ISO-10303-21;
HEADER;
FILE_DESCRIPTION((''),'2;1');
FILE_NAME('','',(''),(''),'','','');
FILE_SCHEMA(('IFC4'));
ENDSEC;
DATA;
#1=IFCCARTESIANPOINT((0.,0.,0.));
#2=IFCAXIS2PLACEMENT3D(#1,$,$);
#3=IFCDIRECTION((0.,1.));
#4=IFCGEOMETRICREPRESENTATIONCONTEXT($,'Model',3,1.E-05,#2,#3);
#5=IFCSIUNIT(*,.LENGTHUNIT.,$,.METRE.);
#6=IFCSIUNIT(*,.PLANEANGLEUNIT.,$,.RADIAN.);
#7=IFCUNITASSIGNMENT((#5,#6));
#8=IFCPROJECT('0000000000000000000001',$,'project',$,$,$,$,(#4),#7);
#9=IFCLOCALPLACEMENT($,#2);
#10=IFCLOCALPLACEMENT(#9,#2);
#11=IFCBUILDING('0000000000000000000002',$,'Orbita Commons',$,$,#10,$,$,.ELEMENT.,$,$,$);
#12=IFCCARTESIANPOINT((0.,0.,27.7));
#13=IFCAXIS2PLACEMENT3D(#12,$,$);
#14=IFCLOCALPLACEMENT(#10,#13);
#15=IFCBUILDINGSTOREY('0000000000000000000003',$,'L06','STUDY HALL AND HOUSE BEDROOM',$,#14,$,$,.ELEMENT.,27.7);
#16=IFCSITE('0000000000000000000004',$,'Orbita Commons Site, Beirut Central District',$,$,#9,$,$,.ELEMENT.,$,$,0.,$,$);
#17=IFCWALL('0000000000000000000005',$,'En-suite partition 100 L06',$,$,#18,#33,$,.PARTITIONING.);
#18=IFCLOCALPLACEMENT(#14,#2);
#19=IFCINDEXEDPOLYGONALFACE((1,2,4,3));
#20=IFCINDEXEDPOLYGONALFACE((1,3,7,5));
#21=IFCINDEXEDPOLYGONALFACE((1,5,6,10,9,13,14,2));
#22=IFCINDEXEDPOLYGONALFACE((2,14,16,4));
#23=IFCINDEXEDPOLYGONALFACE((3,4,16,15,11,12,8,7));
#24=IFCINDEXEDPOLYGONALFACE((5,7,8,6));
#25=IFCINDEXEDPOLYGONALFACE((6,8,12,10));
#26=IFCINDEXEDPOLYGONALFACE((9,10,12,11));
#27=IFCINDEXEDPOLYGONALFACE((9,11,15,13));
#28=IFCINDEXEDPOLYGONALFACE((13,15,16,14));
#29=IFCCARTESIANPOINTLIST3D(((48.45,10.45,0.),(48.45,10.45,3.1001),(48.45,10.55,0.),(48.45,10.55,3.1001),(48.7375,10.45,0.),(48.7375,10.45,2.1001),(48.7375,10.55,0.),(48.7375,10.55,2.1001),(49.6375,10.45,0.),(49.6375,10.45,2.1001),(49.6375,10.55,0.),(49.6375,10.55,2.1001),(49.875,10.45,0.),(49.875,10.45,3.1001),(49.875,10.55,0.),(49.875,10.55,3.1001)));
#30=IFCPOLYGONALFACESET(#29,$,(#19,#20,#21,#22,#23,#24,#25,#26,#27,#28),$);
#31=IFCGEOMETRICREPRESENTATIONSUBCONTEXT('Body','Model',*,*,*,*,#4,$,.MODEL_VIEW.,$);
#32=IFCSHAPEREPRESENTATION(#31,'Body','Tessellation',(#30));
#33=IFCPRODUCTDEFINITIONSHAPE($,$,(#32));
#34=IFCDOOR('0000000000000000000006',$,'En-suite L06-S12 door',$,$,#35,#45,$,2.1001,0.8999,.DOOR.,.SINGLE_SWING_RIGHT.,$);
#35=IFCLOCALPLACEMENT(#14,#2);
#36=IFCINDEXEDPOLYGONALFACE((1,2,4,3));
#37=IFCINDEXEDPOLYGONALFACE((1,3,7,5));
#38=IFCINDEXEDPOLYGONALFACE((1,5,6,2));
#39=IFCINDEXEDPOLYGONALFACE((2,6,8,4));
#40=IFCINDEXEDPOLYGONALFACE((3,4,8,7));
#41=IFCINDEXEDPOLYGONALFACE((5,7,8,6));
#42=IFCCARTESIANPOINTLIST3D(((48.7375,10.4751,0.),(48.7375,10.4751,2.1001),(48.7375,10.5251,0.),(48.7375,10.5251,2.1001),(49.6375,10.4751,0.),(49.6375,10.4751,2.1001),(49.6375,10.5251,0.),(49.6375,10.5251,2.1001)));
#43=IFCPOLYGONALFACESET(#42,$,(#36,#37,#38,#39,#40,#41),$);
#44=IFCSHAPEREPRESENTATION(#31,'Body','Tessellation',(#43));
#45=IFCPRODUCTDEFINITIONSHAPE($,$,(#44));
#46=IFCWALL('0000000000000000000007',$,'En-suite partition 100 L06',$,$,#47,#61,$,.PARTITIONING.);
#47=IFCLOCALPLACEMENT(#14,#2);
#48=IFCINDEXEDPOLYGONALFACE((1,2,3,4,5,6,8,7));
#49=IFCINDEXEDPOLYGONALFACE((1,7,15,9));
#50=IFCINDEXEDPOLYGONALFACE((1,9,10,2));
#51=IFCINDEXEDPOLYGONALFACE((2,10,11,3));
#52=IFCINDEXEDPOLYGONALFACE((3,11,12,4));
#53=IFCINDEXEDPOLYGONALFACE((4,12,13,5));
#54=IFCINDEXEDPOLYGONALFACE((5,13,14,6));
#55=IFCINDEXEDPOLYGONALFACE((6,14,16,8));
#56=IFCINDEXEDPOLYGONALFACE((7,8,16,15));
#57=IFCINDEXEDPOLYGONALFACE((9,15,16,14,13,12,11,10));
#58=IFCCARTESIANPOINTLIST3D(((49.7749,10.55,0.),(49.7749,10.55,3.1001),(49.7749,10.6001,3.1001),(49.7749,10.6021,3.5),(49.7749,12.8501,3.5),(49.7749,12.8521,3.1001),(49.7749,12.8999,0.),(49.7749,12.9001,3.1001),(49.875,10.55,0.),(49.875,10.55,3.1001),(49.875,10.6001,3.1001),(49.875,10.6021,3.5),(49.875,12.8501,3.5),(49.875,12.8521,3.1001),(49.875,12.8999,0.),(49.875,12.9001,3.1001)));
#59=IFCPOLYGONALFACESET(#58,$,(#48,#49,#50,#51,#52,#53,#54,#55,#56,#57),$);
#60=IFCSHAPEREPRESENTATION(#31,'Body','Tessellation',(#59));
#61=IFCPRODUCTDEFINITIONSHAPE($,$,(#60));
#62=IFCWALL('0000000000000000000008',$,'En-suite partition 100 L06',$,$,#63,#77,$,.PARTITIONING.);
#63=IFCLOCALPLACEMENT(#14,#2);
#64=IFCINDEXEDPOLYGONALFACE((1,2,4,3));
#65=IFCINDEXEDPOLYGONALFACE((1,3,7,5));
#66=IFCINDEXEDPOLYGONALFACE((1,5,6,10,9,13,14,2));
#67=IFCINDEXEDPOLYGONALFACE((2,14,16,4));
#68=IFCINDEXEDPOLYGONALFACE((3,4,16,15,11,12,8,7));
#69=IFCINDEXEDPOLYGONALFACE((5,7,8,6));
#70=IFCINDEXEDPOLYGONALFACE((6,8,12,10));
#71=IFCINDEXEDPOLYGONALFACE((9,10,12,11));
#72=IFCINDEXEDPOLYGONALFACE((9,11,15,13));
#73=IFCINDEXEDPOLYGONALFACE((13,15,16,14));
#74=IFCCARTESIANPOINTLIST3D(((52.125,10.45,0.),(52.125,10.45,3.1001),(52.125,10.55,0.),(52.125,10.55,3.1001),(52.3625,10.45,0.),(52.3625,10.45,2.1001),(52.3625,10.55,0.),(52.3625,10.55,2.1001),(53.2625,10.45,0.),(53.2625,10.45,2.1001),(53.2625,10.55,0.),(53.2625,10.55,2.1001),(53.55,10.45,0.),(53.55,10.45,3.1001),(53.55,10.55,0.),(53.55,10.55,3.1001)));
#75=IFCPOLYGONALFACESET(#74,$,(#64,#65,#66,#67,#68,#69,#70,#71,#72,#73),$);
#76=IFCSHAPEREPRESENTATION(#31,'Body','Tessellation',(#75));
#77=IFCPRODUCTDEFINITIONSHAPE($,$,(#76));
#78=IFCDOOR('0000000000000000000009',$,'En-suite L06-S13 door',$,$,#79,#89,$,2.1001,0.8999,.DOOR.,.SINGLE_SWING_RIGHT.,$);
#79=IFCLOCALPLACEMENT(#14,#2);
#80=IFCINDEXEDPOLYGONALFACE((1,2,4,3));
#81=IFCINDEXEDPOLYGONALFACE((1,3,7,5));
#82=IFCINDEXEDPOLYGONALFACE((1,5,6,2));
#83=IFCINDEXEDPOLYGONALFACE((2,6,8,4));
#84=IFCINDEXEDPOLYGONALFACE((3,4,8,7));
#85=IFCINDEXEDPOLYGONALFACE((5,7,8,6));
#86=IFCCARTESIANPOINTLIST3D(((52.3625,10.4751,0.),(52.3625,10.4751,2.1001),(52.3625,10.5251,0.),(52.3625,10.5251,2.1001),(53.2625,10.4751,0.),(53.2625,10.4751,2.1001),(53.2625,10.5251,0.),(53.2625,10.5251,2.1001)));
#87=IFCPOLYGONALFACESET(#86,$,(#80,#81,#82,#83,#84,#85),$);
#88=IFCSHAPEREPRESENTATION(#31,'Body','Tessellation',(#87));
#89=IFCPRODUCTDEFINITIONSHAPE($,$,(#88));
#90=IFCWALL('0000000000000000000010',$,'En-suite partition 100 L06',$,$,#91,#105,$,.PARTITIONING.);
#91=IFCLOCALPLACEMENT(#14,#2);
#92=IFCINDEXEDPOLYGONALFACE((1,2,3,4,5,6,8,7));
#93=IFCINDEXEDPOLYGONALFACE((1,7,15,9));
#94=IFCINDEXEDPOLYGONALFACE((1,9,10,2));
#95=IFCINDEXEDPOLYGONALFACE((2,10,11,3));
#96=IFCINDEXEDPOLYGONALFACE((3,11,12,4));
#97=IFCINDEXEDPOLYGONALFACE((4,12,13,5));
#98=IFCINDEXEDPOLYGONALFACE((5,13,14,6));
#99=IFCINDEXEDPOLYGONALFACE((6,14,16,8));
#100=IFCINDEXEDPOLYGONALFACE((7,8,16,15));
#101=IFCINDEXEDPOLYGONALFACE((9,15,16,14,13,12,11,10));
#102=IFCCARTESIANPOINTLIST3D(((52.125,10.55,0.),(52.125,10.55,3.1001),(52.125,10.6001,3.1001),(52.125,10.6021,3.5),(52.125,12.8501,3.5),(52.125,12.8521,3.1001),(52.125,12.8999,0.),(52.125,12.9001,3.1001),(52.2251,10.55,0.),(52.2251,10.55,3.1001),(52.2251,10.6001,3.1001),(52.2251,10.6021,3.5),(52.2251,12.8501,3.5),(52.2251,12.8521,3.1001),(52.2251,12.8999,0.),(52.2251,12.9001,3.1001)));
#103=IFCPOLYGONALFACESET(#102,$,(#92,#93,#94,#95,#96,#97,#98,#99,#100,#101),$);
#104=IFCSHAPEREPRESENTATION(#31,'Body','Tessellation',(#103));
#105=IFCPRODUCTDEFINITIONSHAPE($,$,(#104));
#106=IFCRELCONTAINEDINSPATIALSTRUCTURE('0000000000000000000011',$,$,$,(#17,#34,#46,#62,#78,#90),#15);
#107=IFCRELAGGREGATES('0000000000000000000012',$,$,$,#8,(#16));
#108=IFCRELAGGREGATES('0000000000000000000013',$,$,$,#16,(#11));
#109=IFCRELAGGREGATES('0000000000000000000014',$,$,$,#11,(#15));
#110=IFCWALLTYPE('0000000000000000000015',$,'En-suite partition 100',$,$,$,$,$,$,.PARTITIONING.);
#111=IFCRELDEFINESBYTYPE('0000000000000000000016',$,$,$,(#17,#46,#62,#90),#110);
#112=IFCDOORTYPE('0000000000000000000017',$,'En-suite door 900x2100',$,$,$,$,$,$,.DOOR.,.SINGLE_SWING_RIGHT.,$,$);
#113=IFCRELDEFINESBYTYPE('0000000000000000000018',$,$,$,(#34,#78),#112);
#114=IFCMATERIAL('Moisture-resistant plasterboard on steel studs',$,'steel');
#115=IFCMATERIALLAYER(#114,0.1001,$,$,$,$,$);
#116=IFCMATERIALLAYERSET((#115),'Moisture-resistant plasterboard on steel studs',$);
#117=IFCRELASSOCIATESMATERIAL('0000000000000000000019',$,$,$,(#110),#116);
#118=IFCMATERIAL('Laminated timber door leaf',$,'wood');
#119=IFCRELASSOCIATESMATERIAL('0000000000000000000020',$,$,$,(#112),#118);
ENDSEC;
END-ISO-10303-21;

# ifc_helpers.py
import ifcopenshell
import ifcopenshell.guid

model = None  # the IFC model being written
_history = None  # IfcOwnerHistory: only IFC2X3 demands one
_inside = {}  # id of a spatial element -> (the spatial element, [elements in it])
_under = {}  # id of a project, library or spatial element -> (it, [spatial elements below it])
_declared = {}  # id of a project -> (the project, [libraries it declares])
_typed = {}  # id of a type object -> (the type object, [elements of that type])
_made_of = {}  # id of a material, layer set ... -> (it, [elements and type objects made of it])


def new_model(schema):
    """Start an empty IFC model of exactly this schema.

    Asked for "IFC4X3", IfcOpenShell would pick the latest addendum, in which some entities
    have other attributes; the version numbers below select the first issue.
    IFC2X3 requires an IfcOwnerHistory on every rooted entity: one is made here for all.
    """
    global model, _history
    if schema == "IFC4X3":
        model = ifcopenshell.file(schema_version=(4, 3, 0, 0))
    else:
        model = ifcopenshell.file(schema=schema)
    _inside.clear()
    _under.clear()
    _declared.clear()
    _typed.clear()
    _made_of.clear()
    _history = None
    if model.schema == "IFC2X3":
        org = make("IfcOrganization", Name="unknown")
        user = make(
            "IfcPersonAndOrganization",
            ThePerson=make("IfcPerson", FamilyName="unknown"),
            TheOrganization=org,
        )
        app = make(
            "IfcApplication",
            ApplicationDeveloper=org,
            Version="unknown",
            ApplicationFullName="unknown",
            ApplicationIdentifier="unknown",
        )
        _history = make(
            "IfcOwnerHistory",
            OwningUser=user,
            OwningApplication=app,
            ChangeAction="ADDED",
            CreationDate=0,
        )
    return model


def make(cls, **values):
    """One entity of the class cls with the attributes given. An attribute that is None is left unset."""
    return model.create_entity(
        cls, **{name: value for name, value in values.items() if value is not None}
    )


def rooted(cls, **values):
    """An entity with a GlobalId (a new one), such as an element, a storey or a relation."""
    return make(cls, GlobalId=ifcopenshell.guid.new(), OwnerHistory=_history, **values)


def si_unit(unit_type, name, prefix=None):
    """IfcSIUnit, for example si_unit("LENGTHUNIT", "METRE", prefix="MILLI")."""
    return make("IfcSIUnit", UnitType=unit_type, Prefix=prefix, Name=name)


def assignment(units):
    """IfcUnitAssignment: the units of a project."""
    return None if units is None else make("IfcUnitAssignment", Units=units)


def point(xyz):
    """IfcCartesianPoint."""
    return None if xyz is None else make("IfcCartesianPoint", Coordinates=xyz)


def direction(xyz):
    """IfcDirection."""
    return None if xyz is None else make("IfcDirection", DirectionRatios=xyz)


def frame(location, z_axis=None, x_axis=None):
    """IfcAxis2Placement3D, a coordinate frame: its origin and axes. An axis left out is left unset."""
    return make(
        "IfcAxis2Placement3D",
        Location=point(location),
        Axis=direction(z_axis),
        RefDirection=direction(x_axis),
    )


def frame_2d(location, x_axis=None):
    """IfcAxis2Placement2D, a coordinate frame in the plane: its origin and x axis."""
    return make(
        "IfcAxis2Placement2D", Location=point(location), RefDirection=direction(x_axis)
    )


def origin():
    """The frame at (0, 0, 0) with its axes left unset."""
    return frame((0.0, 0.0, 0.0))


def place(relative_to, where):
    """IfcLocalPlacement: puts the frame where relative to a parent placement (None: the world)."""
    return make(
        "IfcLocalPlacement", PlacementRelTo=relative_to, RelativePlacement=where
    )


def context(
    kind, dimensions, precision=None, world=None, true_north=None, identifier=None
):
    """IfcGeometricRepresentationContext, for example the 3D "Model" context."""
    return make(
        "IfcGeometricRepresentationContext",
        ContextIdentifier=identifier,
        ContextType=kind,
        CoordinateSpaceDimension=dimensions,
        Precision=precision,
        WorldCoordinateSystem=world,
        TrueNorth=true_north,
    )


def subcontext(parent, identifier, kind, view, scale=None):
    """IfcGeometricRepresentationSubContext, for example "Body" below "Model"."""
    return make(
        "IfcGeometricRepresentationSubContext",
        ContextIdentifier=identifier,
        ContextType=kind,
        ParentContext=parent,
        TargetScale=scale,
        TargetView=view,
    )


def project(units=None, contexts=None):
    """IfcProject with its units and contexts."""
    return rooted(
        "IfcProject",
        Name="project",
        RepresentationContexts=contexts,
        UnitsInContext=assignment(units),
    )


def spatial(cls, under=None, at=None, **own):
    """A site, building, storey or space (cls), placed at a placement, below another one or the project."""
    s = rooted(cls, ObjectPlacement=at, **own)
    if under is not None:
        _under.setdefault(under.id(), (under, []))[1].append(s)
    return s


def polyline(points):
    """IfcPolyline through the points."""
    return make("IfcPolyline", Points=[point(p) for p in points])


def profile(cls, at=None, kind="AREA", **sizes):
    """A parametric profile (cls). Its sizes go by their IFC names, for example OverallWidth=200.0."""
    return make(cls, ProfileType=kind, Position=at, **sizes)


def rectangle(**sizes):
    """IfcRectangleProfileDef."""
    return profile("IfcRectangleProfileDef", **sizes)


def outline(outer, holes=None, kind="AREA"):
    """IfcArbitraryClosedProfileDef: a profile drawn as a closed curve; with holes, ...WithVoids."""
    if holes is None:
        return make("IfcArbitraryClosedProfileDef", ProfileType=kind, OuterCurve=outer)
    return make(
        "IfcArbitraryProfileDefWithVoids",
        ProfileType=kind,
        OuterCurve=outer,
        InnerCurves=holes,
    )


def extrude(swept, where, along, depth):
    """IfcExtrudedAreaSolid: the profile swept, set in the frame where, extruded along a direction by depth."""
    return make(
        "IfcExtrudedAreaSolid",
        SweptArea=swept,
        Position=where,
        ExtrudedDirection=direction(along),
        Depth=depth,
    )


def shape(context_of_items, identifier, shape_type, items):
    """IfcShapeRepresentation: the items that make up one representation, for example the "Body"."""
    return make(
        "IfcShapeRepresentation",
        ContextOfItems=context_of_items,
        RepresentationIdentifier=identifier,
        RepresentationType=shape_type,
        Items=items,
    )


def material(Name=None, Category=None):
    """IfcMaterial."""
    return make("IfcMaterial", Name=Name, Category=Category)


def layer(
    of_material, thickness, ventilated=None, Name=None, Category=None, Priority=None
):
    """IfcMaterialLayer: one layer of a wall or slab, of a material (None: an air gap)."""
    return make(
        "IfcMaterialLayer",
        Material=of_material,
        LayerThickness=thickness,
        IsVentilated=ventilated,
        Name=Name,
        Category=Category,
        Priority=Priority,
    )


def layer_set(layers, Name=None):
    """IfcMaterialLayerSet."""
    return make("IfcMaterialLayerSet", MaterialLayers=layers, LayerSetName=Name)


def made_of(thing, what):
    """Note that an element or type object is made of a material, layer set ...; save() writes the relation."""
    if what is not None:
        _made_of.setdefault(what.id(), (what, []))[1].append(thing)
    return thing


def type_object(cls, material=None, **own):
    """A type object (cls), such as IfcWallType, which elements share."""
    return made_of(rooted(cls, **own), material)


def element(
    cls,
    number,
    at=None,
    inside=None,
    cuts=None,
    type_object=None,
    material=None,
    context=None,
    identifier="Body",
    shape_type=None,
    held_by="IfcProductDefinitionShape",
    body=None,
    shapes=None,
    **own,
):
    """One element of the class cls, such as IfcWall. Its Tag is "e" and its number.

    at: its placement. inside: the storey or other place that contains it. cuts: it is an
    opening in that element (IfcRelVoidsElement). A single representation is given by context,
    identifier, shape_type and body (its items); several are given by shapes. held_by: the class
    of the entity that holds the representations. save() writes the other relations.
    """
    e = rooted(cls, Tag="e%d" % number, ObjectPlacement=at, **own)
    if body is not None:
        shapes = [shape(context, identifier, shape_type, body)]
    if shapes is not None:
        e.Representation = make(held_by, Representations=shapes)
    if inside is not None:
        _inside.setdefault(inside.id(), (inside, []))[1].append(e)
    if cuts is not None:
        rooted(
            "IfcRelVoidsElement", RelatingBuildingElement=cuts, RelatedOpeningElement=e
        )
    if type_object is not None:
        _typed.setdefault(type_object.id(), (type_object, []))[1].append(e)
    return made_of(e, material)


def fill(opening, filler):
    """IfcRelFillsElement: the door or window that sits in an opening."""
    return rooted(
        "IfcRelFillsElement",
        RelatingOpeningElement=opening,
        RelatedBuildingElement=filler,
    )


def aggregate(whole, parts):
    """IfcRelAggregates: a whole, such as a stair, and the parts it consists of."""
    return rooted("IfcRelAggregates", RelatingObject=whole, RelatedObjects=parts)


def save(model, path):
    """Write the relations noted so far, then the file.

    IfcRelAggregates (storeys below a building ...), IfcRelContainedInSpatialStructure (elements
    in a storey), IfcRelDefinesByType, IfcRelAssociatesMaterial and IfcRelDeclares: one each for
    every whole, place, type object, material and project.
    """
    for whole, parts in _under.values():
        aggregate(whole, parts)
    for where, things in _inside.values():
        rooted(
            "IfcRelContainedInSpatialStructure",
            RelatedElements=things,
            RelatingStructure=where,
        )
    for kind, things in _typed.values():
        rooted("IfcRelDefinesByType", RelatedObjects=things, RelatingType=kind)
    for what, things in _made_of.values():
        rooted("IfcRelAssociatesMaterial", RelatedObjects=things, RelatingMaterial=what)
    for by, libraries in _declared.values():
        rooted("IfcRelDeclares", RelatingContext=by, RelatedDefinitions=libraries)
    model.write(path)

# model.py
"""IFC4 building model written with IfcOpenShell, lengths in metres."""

from ifc_helpers import new_model, si_unit, direction, frame, frame_2d, origin, place, context, subcontext, project, spatial, polyline, rectangle, outline, extrude, material, layer, layer_set, type_object, element, fill, save


model = new_model("IFC4")

# Units and contexts
model_context = context("Model", 3, precision=1e-05, world=origin(), true_north=direction((0.0, 1.0)))
body_context = subcontext(model_context, "Body", "Model", "MODEL_VIEW")
ifc_project = project(units=[si_unit("LENGTHUNIT", "METRE"), si_unit("PLANEANGLEUNIT", "RADIAN")], contexts=[model_context])

# Site, building, storey
site_placement = place(None, origin())
site = spatial("IfcSite", under=ifc_project, at=site_placement, Name="Orbita Commons Site, Beirut Central District", CompositionType="ELEMENT", RefElevation=0.0)
building_placement = place(site_placement, origin())
building = spatial("IfcBuilding", under=site, at=building_placement, Name="Orbita Commons", CompositionType="ELEMENT")
storey_placement = place(building_placement, frame((0.0, 0.0, 27.7)))
storey = spatial("IfcBuildingStorey", under=building, at=storey_placement, Name="L06", Description="STUDY HALL AND HOUSE BEDROOM", CompositionType="ELEMENT", Elevation=27.7)

# Wall, opening, door
ifc_material_1 = material(Name="Moisture-resistant plasterboard on steel studs", Category="steel")
ifc_layer_1 = layer(ifc_material_1, 0.1001)
ifc_layer_set_1 = layer_set([ifc_layer_1], Name="Moisture-resistant plasterboard on steel studs")
wall_type_1 = type_object("IfcWallType", Name="En-suite partition 100", PredefinedType="PARTITIONING", material=ifc_layer_set_1)
wall_1_placement = place(storey_placement, frame((49.875, 10.5, 0.0), z_axis=(0.0, 0.0, 1.0), x_axis=(-1.0, 0.0, 0.0)))
wall_1 = element("IfcWall", 1, at=wall_1_placement, inside=storey, type_object=wall_type_1, Name="En-suite partition 100 L06", PredefinedType="PARTITIONING", context=body_context, shape_type="SweptSolid", body=[
    extrude(outline(polyline([(0.0, 0.0), (1.425, 0.0), (1.425, 3.1001), (0.0, 3.1001), (0.0, 0.0)])), frame((0.0, 0.05, 0.0), z_axis=(0.0, -1.0, 0.0), x_axis=(1.0, 0.0, 0.0)), (0.0, 0.0, 1.0), 0.1001),
])
opening_1_placement = place(wall_1_placement, frame((0.2375, 0.0, 0.0)))
opening_1 = element("IfcOpeningElement", 2, at=opening_1_placement, cuts=wall_1, PredefinedType="OPENING", context=body_context, shape_type="SweptSolid", body=[
    extrude(rectangle(XDim=0.8999, YDim=2.1001, at=frame_2d((0.45, 1.05))), frame((0.0, 0.0601, 0.0), z_axis=(0.0, -1.0, 0.0), x_axis=(1.0, 0.0, 0.0)), (0.0, 0.0, 1.0), 0.1201),
])
ifc_material_2 = material(Name="Laminated timber door leaf", Category="wood")
door_type = type_object("IfcDoorType", Name="En-suite door 900x2100", OperationType="SINGLE_SWING_RIGHT", PredefinedType="DOOR", material=ifc_material_2)
door_1_placement = place(opening_1_placement, origin())
door_1 = element("IfcDoor", 3, at=door_1_placement, inside=storey, type_object=door_type, Name="En-suite L06-S12 door", OperationType="SINGLE_SWING_RIGHT", OverallHeight=2.1001, OverallWidth=0.8999, PredefinedType="DOOR", context=body_context, shape_type="SweptSolid", body=[
    extrude(rectangle(XDim=0.8999, YDim=2.1001, at=frame_2d((0.45, 1.05))), frame((0.0, 0.0249, 0.0), z_axis=(0.0, -1.0, 0.0), x_axis=(1.0, 0.0, 0.0)), (0.0, 0.0, 1.0), 0.05),
])
fill(opening_1, door_1)

# Wall
wall_2_placement = place(storey_placement, frame((49.825, 10.55, 0.0), z_axis=(0.0, 0.0, 1.0), x_axis=(0.0, 1.0, 0.0)))
element("IfcWall", 4, at=wall_2_placement, inside=storey, type_object=wall_type_1, Name="En-suite partition 100 L06", PredefinedType="PARTITIONING", context=body_context, shape_type="SweptSolid", body=[
    extrude(outline(polyline([(0.0, 0.0), (2.3499, 0.0), (2.3501, 3.1001), (2.302, 3.1001), (2.3, 3.5), (0.052, 3.5), (0.05, 3.1001), (0.0, 3.1001), (0.0, 0.0)])), frame((0.0, 0.05, 0.0), z_axis=(0.0, -1.0, 0.0), x_axis=(1.0, 0.0, 0.0)), (0.0, 0.0, 1.0), 0.1001),
])

# Wall, opening, door
wall_3_placement = place(storey_placement, frame((53.55, 10.5, 0.0), z_axis=(0.0, 0.0, 1.0), x_axis=(-1.0, 0.0, 0.0)))
wall_3 = element("IfcWall", 5, at=wall_3_placement, inside=storey, type_object=wall_type_1, Name="En-suite partition 100 L06", PredefinedType="PARTITIONING", context=body_context, shape_type="SweptSolid", body=[
    extrude(outline(polyline([(0.0, 0.0), (1.425, 0.0), (1.425, 3.1001), (0.0, 3.1001), (0.0, 0.0)])), frame((0.0, 0.05, 0.0), z_axis=(0.0, -1.0, 0.0), x_axis=(1.0, 0.0, 0.0)), (0.0, 0.0, 1.0), 0.1001),
])
opening_2_placement = place(wall_3_placement, frame((0.2876, 0.0, 0.0)))
opening_2 = element("IfcOpeningElement", 6, at=opening_2_placement, cuts=wall_3, PredefinedType="OPENING", context=body_context, shape_type="SweptSolid", body=[
    extrude(rectangle(XDim=0.8999, YDim=2.1001, at=frame_2d((0.45, 1.05))), frame((0.0, 0.0601, 0.0), z_axis=(0.0, -1.0, 0.0), x_axis=(1.0, 0.0, 0.0)), (0.0, 0.0, 1.0), 0.1201),
])
door_2_placement = place(opening_2_placement, origin())
door_2 = element("IfcDoor", 7, at=door_2_placement, inside=storey, type_object=door_type, Name="En-suite L06-S13 door", OperationType="SINGLE_SWING_RIGHT", OverallHeight=2.1001, OverallWidth=0.8999, PredefinedType="DOOR", context=body_context, shape_type="SweptSolid", body=[
    extrude(rectangle(XDim=0.8999, YDim=2.1001, at=frame_2d((0.45, 1.05))), frame((0.0, 0.0249, 0.0), z_axis=(0.0, -1.0, 0.0), x_axis=(1.0, 0.0, 0.0)), (0.0, 0.0, 1.0), 0.05),
])
fill(opening_2, door_2)

# Wall
wall_4_placement = place(storey_placement, frame((52.175, 10.55, 0.0), z_axis=(0.0, 0.0, 1.0), x_axis=(0.0, 1.0, 0.0)))
element("IfcWall", 8, at=wall_4_placement, inside=storey, type_object=wall_type_1, Name="En-suite partition 100 L06", PredefinedType="PARTITIONING", context=body_context, shape_type="SweptSolid", body=[
    extrude(outline(polyline([(0.0, 0.0), (2.3499, 0.0), (2.3501, 3.1001), (2.302, 3.1001), (2.3, 3.5), (0.052, 3.5), (0.05, 3.1001), (0.0, 3.1001), (0.0, 0.0)])), frame((0.0, 0.05, 0.0), z_axis=(0.0, -1.0, 0.0), x_axis=(1.0, 0.0, 0.0)), (0.0, 0.0, 1.0), 0.1001),
])

save(model, "model.ifc")
